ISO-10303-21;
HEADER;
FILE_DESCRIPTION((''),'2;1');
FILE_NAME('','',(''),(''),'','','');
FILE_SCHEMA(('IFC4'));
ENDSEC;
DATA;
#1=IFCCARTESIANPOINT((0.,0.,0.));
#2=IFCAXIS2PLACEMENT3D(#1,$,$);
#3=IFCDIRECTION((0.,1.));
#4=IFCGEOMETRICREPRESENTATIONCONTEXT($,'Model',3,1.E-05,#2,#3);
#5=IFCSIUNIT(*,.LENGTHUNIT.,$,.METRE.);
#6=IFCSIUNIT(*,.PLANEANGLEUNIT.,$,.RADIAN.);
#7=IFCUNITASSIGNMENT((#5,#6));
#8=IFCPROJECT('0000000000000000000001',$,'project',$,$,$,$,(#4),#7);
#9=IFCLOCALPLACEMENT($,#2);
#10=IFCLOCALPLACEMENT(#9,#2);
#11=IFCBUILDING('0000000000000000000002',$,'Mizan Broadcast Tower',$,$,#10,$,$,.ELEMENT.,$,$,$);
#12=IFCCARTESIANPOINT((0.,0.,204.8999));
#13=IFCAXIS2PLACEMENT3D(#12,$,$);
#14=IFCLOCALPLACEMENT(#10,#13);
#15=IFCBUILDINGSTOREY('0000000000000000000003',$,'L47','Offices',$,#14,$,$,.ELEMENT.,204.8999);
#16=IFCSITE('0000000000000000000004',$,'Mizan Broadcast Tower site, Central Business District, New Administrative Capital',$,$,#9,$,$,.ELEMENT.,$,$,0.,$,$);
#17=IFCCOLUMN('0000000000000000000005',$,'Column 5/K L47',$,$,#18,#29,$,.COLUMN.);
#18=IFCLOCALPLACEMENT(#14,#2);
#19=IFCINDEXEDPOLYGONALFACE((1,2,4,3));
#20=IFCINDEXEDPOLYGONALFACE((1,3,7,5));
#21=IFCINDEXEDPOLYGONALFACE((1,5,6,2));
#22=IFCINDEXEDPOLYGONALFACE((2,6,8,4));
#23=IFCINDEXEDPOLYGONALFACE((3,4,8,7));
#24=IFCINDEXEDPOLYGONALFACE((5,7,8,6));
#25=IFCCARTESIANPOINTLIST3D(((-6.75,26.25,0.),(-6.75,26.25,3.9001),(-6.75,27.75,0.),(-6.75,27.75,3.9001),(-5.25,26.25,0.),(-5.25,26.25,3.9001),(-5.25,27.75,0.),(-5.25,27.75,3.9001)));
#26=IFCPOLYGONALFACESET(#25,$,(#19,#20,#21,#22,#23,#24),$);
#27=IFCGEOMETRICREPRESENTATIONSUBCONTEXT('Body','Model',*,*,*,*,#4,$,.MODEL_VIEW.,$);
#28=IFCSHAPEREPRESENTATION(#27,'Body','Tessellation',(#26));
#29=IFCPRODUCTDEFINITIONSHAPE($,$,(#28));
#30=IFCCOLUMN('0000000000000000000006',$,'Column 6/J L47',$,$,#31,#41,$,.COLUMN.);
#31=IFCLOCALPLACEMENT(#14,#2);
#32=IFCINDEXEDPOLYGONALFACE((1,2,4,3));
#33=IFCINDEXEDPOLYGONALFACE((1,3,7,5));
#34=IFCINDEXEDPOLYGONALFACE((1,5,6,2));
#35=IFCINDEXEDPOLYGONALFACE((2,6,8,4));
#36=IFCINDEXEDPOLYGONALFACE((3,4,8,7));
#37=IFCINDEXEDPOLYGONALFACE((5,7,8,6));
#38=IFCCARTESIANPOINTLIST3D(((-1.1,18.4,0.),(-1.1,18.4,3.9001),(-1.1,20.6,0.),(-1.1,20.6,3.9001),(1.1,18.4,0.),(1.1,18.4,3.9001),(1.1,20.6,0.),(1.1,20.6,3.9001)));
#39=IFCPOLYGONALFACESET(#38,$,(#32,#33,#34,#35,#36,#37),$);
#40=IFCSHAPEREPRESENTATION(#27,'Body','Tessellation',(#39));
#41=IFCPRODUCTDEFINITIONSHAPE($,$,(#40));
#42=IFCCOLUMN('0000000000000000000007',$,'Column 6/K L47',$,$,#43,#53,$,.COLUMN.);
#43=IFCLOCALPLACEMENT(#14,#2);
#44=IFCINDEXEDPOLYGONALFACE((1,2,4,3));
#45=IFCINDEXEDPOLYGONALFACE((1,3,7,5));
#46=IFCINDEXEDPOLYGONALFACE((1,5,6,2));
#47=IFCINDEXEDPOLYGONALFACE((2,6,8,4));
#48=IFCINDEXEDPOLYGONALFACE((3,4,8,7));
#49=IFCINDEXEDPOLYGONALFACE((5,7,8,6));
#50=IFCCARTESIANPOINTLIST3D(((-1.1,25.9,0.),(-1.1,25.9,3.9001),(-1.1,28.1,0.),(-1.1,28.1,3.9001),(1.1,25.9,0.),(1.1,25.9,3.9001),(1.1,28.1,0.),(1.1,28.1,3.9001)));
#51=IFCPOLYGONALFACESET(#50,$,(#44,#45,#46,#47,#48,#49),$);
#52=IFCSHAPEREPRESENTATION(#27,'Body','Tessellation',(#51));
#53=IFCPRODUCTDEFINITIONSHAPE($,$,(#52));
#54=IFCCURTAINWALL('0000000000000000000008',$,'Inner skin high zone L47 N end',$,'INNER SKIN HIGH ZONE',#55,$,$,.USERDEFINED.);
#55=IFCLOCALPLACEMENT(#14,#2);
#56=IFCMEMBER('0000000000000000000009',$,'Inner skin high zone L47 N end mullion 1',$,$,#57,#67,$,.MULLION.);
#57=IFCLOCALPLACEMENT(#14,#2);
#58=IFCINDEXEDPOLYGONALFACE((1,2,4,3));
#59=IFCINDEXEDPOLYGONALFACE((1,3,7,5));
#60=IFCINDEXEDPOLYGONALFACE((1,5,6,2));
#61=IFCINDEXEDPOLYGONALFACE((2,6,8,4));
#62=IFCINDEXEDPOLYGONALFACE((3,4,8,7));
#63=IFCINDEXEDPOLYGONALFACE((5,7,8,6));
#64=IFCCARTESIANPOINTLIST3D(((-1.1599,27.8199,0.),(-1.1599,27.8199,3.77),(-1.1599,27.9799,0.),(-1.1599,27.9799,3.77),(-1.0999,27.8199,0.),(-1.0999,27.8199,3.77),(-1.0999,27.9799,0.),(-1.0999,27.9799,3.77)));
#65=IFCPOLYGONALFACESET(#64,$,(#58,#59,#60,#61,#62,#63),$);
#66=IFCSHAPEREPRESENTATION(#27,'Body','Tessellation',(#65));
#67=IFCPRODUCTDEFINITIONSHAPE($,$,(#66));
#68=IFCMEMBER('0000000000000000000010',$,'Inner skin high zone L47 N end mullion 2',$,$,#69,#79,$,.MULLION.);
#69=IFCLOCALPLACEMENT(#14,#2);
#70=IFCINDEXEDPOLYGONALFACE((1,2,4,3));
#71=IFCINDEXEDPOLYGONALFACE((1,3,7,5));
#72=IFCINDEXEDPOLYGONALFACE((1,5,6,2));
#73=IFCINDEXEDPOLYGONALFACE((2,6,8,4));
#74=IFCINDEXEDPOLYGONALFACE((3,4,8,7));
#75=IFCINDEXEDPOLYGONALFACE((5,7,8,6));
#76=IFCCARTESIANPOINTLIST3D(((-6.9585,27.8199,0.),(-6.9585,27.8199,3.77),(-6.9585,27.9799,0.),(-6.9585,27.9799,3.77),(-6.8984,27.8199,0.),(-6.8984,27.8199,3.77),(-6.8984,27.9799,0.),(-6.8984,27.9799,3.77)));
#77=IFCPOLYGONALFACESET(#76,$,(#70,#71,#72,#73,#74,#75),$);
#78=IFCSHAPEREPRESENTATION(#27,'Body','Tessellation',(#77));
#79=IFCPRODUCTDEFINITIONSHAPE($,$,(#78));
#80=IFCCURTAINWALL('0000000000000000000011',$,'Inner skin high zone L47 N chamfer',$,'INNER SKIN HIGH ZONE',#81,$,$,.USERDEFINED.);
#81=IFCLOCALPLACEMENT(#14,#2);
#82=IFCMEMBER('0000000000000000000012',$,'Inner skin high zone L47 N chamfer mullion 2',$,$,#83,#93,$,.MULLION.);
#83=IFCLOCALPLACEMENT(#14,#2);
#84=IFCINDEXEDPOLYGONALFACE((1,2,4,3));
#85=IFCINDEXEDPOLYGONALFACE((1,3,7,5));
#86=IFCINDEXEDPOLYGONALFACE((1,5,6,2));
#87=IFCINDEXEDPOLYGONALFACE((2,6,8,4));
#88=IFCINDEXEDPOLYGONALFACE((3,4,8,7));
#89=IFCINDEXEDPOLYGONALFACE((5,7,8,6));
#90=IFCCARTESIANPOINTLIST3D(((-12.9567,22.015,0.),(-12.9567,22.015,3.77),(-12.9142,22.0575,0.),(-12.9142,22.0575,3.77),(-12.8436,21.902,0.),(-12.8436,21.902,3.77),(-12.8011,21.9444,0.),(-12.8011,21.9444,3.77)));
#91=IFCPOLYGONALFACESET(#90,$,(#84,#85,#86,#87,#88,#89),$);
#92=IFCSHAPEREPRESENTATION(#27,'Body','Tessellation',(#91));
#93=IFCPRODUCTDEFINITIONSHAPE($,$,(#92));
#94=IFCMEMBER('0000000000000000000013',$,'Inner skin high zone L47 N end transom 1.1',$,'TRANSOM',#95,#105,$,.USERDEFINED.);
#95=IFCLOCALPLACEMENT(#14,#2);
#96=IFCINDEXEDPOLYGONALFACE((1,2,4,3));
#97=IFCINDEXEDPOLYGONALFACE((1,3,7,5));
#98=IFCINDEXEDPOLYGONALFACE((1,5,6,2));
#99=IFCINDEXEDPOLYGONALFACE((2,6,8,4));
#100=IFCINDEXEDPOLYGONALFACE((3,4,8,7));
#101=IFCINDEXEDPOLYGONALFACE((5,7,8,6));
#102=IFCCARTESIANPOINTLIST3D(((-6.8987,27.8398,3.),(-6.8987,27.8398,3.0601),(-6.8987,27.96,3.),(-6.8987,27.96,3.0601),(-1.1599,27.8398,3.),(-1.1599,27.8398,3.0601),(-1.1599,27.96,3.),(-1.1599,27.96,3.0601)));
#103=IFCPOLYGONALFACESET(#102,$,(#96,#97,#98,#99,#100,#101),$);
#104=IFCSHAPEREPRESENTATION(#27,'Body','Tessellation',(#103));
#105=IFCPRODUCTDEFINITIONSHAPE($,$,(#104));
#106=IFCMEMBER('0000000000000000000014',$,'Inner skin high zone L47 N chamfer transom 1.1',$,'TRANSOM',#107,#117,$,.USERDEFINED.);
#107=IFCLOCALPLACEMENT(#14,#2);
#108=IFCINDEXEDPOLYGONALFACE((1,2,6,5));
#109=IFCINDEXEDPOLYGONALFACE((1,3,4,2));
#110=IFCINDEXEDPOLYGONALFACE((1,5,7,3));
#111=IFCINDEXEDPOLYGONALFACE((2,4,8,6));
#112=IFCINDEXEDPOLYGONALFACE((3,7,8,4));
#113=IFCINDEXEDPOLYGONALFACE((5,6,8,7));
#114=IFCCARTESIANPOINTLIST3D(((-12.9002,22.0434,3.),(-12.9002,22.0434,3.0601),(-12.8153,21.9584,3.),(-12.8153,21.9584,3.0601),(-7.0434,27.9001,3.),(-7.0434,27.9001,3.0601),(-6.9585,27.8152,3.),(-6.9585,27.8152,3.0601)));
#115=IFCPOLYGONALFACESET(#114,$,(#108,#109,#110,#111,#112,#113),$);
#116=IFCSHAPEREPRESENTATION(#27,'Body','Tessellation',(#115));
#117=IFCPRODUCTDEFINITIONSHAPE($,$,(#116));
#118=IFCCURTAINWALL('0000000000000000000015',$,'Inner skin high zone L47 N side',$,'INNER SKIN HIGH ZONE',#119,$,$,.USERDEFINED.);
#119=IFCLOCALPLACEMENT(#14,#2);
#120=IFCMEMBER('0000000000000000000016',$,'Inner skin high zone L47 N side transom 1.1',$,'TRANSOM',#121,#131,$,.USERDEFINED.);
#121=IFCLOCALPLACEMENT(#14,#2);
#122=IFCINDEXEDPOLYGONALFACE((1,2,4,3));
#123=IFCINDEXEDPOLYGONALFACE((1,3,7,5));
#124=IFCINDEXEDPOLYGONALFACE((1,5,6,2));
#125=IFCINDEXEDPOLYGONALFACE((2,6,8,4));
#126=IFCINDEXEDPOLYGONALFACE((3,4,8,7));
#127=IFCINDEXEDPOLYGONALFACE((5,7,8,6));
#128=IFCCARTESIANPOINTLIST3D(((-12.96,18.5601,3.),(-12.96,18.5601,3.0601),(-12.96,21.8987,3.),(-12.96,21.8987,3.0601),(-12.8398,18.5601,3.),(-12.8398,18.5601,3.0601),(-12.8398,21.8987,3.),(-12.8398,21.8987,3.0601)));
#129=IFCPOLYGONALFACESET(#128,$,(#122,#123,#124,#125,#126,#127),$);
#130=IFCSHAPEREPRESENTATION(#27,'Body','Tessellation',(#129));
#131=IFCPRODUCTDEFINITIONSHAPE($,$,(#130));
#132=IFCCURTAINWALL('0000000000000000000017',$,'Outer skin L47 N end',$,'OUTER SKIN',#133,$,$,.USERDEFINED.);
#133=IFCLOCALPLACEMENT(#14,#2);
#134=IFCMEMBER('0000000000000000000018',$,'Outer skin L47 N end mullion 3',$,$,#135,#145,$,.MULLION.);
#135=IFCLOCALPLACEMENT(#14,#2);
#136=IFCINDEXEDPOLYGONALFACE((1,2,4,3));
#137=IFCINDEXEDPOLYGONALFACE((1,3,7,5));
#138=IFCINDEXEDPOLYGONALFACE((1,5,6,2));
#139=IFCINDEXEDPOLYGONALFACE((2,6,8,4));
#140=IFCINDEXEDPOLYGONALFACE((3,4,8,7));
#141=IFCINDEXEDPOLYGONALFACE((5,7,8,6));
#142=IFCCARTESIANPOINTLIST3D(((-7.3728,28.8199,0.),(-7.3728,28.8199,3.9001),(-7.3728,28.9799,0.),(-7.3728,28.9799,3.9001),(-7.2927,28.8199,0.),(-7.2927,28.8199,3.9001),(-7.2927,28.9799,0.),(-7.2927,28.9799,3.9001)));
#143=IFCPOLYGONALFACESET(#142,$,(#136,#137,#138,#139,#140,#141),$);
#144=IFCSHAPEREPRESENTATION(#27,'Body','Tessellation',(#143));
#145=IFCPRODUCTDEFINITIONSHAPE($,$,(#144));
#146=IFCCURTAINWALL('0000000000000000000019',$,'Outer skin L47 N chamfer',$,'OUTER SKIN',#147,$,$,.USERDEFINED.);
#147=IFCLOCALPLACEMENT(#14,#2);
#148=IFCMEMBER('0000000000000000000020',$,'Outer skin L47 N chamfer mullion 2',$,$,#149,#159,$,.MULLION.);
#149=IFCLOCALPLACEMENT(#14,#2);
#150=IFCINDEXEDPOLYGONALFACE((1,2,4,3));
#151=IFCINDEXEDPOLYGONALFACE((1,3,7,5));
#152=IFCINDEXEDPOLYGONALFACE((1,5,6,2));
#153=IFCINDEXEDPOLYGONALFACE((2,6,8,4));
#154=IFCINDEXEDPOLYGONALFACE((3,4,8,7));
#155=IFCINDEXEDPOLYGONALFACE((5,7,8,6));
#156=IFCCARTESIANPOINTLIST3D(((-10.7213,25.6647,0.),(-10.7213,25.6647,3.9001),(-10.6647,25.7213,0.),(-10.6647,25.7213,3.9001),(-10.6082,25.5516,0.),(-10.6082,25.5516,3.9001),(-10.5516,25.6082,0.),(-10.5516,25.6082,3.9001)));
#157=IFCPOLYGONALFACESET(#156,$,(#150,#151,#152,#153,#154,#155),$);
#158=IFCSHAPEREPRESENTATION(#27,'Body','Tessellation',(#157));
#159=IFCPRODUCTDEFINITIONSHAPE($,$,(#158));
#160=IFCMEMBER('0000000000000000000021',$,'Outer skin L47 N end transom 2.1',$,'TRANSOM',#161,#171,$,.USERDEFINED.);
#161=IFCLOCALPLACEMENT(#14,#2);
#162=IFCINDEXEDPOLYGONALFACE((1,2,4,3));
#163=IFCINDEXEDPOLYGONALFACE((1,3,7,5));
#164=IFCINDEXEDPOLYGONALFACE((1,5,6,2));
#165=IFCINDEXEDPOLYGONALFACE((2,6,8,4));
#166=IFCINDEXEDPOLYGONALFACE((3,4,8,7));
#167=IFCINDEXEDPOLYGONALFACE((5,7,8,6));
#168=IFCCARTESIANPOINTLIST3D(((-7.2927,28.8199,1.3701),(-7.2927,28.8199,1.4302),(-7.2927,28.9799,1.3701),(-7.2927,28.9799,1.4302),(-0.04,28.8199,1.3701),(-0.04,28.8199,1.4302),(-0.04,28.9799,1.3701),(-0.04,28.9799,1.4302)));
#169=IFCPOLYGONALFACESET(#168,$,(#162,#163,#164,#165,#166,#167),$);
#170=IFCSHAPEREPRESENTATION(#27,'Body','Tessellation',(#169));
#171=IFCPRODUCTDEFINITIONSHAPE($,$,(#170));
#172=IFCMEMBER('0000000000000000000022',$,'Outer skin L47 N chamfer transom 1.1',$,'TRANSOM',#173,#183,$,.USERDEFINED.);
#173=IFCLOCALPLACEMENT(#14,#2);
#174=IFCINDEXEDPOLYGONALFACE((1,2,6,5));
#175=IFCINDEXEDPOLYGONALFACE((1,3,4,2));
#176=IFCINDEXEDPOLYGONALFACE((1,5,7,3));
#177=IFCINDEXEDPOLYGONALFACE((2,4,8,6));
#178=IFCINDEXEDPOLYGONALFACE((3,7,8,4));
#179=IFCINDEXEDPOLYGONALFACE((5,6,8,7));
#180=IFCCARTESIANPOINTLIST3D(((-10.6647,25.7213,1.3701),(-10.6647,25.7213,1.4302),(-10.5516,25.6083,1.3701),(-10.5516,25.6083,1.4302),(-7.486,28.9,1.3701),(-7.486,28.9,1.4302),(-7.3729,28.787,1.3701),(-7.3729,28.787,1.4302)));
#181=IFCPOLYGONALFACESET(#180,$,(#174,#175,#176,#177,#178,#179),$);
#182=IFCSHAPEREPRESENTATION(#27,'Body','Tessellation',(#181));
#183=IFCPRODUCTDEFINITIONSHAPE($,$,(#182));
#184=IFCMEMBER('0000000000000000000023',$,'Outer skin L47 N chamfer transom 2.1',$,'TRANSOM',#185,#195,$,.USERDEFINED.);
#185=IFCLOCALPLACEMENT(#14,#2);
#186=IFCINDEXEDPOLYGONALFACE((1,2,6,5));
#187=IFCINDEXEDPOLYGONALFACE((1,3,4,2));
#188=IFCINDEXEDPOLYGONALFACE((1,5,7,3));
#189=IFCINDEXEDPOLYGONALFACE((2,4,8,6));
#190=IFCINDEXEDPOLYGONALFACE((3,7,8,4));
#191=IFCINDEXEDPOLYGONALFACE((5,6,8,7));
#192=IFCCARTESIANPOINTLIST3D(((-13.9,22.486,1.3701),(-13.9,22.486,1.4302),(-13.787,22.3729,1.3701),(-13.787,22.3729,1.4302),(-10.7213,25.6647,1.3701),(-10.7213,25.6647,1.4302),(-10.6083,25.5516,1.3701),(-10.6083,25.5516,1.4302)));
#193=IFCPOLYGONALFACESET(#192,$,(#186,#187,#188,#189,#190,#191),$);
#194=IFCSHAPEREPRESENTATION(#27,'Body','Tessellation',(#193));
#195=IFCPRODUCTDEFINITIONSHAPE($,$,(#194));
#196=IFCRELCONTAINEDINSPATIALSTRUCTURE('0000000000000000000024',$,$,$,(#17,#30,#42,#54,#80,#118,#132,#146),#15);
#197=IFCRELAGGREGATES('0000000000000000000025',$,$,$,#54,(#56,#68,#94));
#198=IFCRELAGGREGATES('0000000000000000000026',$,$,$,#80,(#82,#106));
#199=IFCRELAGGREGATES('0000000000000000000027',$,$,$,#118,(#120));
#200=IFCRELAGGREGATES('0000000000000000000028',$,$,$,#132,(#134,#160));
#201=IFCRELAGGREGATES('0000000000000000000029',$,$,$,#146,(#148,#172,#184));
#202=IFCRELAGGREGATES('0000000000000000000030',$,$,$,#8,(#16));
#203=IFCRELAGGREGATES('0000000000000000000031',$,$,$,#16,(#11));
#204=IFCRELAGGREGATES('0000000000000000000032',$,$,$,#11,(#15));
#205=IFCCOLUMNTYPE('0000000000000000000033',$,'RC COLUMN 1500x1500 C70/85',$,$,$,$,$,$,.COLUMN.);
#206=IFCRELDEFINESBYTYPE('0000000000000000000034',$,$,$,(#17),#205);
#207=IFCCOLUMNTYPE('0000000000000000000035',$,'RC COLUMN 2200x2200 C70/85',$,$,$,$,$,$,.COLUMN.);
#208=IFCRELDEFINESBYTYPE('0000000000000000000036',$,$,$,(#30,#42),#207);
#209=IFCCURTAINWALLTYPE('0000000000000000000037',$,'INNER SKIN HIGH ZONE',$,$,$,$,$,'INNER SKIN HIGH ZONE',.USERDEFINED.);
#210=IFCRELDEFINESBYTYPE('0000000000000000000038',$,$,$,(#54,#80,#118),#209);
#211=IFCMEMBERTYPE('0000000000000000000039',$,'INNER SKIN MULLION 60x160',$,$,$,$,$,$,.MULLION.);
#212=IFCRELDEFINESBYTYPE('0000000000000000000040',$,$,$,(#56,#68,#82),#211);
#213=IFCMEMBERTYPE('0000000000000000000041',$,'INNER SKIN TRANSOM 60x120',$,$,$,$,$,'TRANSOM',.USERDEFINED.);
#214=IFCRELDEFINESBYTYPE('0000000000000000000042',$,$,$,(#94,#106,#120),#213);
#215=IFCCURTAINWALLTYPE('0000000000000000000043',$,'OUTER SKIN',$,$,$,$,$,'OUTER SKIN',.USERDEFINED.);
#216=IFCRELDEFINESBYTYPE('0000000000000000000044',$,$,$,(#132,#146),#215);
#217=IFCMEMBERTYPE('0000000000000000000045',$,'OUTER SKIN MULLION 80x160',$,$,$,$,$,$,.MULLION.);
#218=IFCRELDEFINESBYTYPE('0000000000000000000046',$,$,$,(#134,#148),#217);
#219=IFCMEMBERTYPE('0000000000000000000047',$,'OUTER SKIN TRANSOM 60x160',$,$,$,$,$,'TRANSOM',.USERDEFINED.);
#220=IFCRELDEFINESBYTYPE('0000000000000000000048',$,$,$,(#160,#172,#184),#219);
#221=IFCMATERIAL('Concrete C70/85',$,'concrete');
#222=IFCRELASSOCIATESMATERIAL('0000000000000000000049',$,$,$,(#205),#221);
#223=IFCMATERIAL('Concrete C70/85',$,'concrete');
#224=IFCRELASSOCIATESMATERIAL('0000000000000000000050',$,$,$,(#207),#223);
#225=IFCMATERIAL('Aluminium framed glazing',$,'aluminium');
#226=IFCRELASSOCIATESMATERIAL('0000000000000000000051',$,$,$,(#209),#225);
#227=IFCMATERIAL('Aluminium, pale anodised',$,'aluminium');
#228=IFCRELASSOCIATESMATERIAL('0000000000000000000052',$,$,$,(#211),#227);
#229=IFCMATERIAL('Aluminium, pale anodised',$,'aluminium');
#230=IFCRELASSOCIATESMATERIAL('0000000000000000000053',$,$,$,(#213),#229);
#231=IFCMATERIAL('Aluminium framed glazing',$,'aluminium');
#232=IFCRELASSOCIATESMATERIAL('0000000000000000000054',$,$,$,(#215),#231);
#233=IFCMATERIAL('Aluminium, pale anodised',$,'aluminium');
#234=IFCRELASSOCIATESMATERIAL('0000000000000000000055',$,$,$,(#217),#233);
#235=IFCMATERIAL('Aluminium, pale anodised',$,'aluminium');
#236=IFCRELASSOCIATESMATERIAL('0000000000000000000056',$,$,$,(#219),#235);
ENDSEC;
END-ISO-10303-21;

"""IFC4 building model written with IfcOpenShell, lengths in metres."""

from ifc_helpers import new_model, si_unit, direction, frame, origin, origin_2d, place, context, subcontext, project, spatial, rectangle, extrude, material, material_profile, profile_set, type_object, element, aggregate, save


model = new_model("IFC4")

# Units and contexts
model_context = context("Model", 3, precision=1e-05, world=origin(), true_north=direction((0.0, 1.0)))
body_context = subcontext(model_context, "Body", "Model", "MODEL_VIEW")
ifc_project = project(units=[si_unit("LENGTHUNIT", "METRE"), si_unit("PLANEANGLEUNIT", "RADIAN")], contexts=[model_context])

# Site, building, storey
site_placement = place(None, origin())
site = spatial("IfcSite", under=ifc_project, at=site_placement, Name="Mizan Broadcast Tower site, Central Business District, New Administrative Capital", CompositionType="ELEMENT", RefElevation=0.0)
building_placement = place(site_placement, origin())
building = spatial("IfcBuilding", under=site, at=building_placement, Name="Mizan Broadcast Tower", CompositionType="ELEMENT")
storey_placement = place(building_placement, frame((0.0, 0.0, 204.8999)))
storey = spatial("IfcBuildingStorey", under=building, at=storey_placement, Name="L47", Description="Offices", CompositionType="ELEMENT", Elevation=204.8999)

# Columns
ifc_material_1 = material(Name="Concrete C70/85", Category="concrete")
ifc_material_profile_1 = material_profile(ifc_material_1, rectangle(XDim=1.5, YDim=1.5, at=origin_2d()), Name="RC 1500x1500")
ifc_profile_set_1 = profile_set([ifc_material_profile_1], Name="Concrete C70/85")
column_type_1 = type_object("IfcColumnType", Name="RC COLUMN 1500x1500 C70/85", PredefinedType="COLUMN", material=ifc_profile_set_1)
column_placement = place(storey_placement, frame((-6.0, 27.0, 0.0), z_axis=(0.0, 0.0, 1.0), x_axis=(1.0, 0.0, 0.0)))
element("IfcColumn", 1, at=column_placement, inside=storey, type_object=column_type_1, Name="Column 5/K L47", PredefinedType="COLUMN", context=body_context, shape_type="SweptSolid", body=[
    extrude(rectangle(XDim=1.5, YDim=1.5, at=origin_2d()), origin(), (0.0, 0.0, 1.0), 3.9001),
])
ifc_material_2 = material(Name="Concrete C70/85", Category="concrete")
ifc_material_profile_2 = material_profile(ifc_material_2, rectangle(XDim=2.2, YDim=2.2, at=origin_2d()), Name="RC 2200x2200")
ifc_profile_set_2 = profile_set([ifc_material_profile_2], Name="Concrete C70/85")
column_type_2 = type_object("IfcColumnType", Name="RC COLUMN 2200x2200 C70/85", PredefinedType="COLUMN", material=ifc_profile_set_2)
for number, where, z_axis, x_axis, name in (
    (2, (0.0, 19.5, 0.0), (0.0, 0.0, 1.0), (1.0, 0.0, 0.0), "Column 6/J L47"),
    (3, (0.0, 27.0, 0.0), (0.0, 0.0, 1.0), (1.0, 0.0, 0.0), "Column 6/K L47"),
):
    element("IfcColumn", number, at=place(storey_placement, frame(where, z_axis=z_axis, x_axis=x_axis)), inside=storey, type_object=column_type_2, Name=name, PredefinedType="COLUMN", context=body_context, shape_type="SweptSolid", body=[
        extrude(rectangle(XDim=2.2, YDim=2.2, at=origin_2d()), origin(), (0.0, 0.0, 1.0), 3.9001),
    ])

# Curtain wall, members
ifc_material_3 = material(Name="Aluminium framed glazing", Category="aluminium")
curtain_wall_type_1 = type_object("IfcCurtainWallType", Name="INNER SKIN HIGH ZONE", ElementType="INNER SKIN HIGH ZONE", PredefinedType="USERDEFINED", material=ifc_material_3)
curtain_wall_1_placement = place(storey_placement, origin())
curtain_wall_1 = element("IfcCurtainWall", 4, at=curtain_wall_1_placement, inside=storey, type_object=curtain_wall_type_1, Name="Inner skin high zone L47 N end", ObjectType="INNER SKIN HIGH ZONE", PredefinedType="USERDEFINED")
ifc_material_4 = material(Name="Aluminium, pale anodised", Category="aluminium")
ifc_material_profile_3 = material_profile(ifc_material_4, rectangle(XDim=0.1599, YDim=0.0601, at=origin_2d()), Name="MULLION 160x60")
ifc_profile_set_3 = profile_set([ifc_material_profile_3], Name="Aluminium, pale anodised")
member_type_1 = type_object("IfcMemberType", Name="INNER SKIN MULLION 60x160", PredefinedType="MULLION", material=ifc_profile_set_3)
member_1_placement = place(storey_placement, frame((-1.1299, 27.8999, 0.0), z_axis=(0.0, 0.0, 1.0), x_axis=(0.0, -1.0, 0.0)))
member_1 = element("IfcMember", 5, at=member_1_placement, type_object=member_type_1, Name="Inner skin high zone L47 N end mullion 1", PredefinedType="MULLION", context=body_context, shape_type="SweptSolid", body=[
    extrude(rectangle(XDim=0.1599, YDim=0.0601, at=origin_2d()), origin(), (0.0, 0.0, 1.0), 3.77),
])
member_2_placement = place(storey_placement, frame((-6.9285, 27.8999, 0.0), z_axis=(0.0, 0.0, 1.0), x_axis=(0.0, -1.0, 0.0)))
member_2 = element("IfcMember", 6, at=member_2_placement, type_object=member_type_1, Name="Inner skin high zone L47 N end mullion 2", PredefinedType="MULLION", context=body_context, shape_type="SweptSolid", body=[
    extrude(rectangle(XDim=0.1599, YDim=0.0601, at=origin_2d()), origin(), (0.0, 0.0, 1.0), 3.77),
])

# Curtain wall, member
curtain_wall_2_placement = place(storey_placement, origin())
curtain_wall_2 = element("IfcCurtainWall", 7, at=curtain_wall_2_placement, inside=storey, type_object=curtain_wall_type_1, Name="Inner skin high zone L47 N chamfer", ObjectType="INNER SKIN HIGH ZONE", PredefinedType="USERDEFINED")
member_3_placement = place(storey_placement, frame((-12.8789, 21.9797, 0.0), z_axis=(0.0, 0.0, 1.0), x_axis=(0.707107, -0.707107, 0.0)))
member_3 = element("IfcMember", 8, at=member_3_placement, type_object=member_type_1, Name="Inner skin high zone L47 N chamfer mullion 2", PredefinedType="MULLION", context=body_context, shape_type="SweptSolid", body=[
    extrude(rectangle(XDim=0.1599, YDim=0.0601, at=origin_2d()), origin(), (0.0, 0.0, 1.0), 3.77),
])

# Members
ifc_material_5 = material(Name="Aluminium, pale anodised", Category="aluminium")
ifc_material_profile_4 = material_profile(ifc_material_5, rectangle(XDim=0.1201, YDim=0.0601, at=origin_2d()), Name="TRANSOM 120x60")
ifc_profile_set_4 = profile_set([ifc_material_profile_4], Name="Aluminium, pale anodised")
member_type_2 = type_object("IfcMemberType", Name="INNER SKIN TRANSOM 60x120", ElementType="TRANSOM", PredefinedType="USERDEFINED", material=ifc_profile_set_4)
member_4_placement = place(storey_placement, frame((-1.1599, 27.8999, 3.03), z_axis=(-1.0, 0.0, 0.0), x_axis=(0.0, -1.0, 0.0)))
member_4 = element("IfcMember", 9, at=member_4_placement, type_object=member_type_2, Name="Inner skin high zone L47 N end transom 1.1", ObjectType="TRANSOM", PredefinedType="USERDEFINED", context=body_context, shape_type="SweptSolid", body=[
    extrude(rectangle(XDim=0.1201, YDim=0.0601, at=origin_2d()), origin(), (0.0, 0.0, 1.0), 5.7388),
])
member_5_placement = place(storey_placement, frame((-7.001, 27.8577, 3.03), z_axis=(-0.707107, -0.707107, 0.0), x_axis=(0.707107, -0.707107, 0.0)))
member_5 = element("IfcMember", 10, at=member_5_placement, type_object=member_type_2, Name="Inner skin high zone L47 N chamfer transom 1.1", ObjectType="TRANSOM", PredefinedType="USERDEFINED", context=body_context, shape_type="SweptSolid", body=[
    extrude(rectangle(XDim=0.1201, YDim=0.0601, at=origin_2d()), origin(), (0.0, 0.0, 1.0), 8.2827),
])

# Curtain walls, members
curtain_wall_3_placement = place(storey_placement, origin())
curtain_wall_3 = element("IfcCurtainWall", 11, at=curtain_wall_3_placement, inside=storey, type_object=curtain_wall_type_1, Name="Inner skin high zone L47 N side", ObjectType="INNER SKIN HIGH ZONE", PredefinedType="USERDEFINED")
member_6_placement = place(storey_placement, frame((-12.8999, 21.8987, 3.03), z_axis=(0.0, -1.0, 0.0), x_axis=(1.0, 0.0, 0.0)))
member_6 = element("IfcMember", 12, at=member_6_placement, type_object=member_type_2, Name="Inner skin high zone L47 N side transom 1.1", ObjectType="TRANSOM", PredefinedType="USERDEFINED", context=body_context, shape_type="SweptSolid", body=[
    extrude(rectangle(XDim=0.1201, YDim=0.0601, at=origin_2d()), origin(), (0.0, 0.0, 1.0), 3.3386),
])
ifc_material_6 = material(Name="Aluminium framed glazing", Category="aluminium")
curtain_wall_type_2 = type_object("IfcCurtainWallType", Name="OUTER SKIN", ElementType="OUTER SKIN", PredefinedType="USERDEFINED", material=ifc_material_6)
curtain_wall_4_placement = place(storey_placement, origin())
curtain_wall_4 = element("IfcCurtainWall", 13, at=curtain_wall_4_placement, inside=storey, type_object=curtain_wall_type_2, Name="Outer skin L47 N end", ObjectType="OUTER SKIN", PredefinedType="USERDEFINED")
ifc_material_7 = material(Name="Aluminium, pale anodised", Category="aluminium")
ifc_material_profile_5 = material_profile(ifc_material_7, rectangle(XDim=0.1599, YDim=0.0801, at=origin_2d()), Name="MULLION 160x80")
ifc_profile_set_5 = profile_set([ifc_material_profile_5], Name="Aluminium, pale anodised")
member_type_3 = type_object("IfcMemberType", Name="OUTER SKIN MULLION 80x160", PredefinedType="MULLION", material=ifc_profile_set_5)
member_7_placement = place(storey_placement, frame((-7.3328, 28.8999, 0.0), z_axis=(0.0, 0.0, 1.0), x_axis=(0.0, -1.0, 0.0)))
member_7 = element("IfcMember", 14, at=member_7_placement, type_object=member_type_3, Name="Outer skin L47 N end mullion 3", PredefinedType="MULLION", context=body_context, shape_type="SweptSolid", body=[
    extrude(rectangle(XDim=0.1599, YDim=0.0801, at=origin_2d()), origin(), (0.0, 0.0, 1.0), 3.9001),
])
curtain_wall_5_placement = place(storey_placement, origin())
curtain_wall_5 = element("IfcCurtainWall", 15, at=curtain_wall_5_placement, inside=storey, type_object=curtain_wall_type_2, Name="Outer skin L47 N chamfer", ObjectType="OUTER SKIN", PredefinedType="USERDEFINED")
member_8_placement = place(storey_placement, frame((-10.6365, 25.6365, 0.0), z_axis=(0.0, 0.0, 1.0), x_axis=(0.707107, -0.707107, 0.0)))
member_8 = element("IfcMember", 16, at=member_8_placement, type_object=member_type_3, Name="Outer skin L47 N chamfer mullion 2", PredefinedType="MULLION", context=body_context, shape_type="SweptSolid", body=[
    extrude(rectangle(XDim=0.1599, YDim=0.0801, at=origin_2d()), origin(), (0.0, 0.0, 1.0), 3.9001),
])

# Members
ifc_material_8 = material(Name="Aluminium, pale anodised", Category="aluminium")
ifc_material_profile_6 = material_profile(ifc_material_8, rectangle(XDim=0.1599, YDim=0.0601, at=origin_2d()), Name="TRANSOM 160x60")
ifc_profile_set_6 = profile_set([ifc_material_profile_6], Name="Aluminium, pale anodised")
member_type_4 = type_object("IfcMemberType", Name="OUTER SKIN TRANSOM 60x160", ElementType="TRANSOM", PredefinedType="USERDEFINED", material=ifc_profile_set_6)
member_9_placement = place(storey_placement, frame((-0.04, 28.8999, 1.4001), z_axis=(-1.0, 0.0, 0.0), x_axis=(0.0, -1.0, 0.0)))
member_9 = element("IfcMember", 17, at=member_9_placement, type_object=member_type_4, Name="Outer skin L47 N end transom 2.1", ObjectType="TRANSOM", PredefinedType="USERDEFINED", context=body_context, shape_type="SweptSolid", body=[
    extrude(rectangle(XDim=0.1599, YDim=0.0601, at=origin_2d()), origin(), (0.0, 0.0, 1.0), 7.2527),
])
member_10_placement = place(storey_placement, frame((-7.4294, 28.8435, 1.4001), z_axis=(-0.707107, -0.707107, 0.0), x_axis=(0.707107, -0.707107, 0.0)))
member_10 = element("IfcMember", 18, at=member_10_placement, type_object=member_type_4, Name="Outer skin L47 N chamfer transom 1.1", ObjectType="TRANSOM", PredefinedType="USERDEFINED", context=body_context, shape_type="SweptSolid", body=[
    extrude(rectangle(XDim=0.1599, YDim=0.0601, at=origin_2d()), origin(), (0.0, 0.0, 1.0), 4.4954),
])
member_11_placement = place(storey_placement, frame((-10.6648, 25.6082, 1.4001), z_axis=(-0.707107, -0.707107, 0.0), x_axis=(0.707107, -0.707107, 0.0)))
member_11 = element("IfcMember", 19, at=member_11_placement, type_object=member_type_4, Name="Outer skin L47 N chamfer transom 2.1", ObjectType="TRANSOM", PredefinedType="USERDEFINED", context=body_context, shape_type="SweptSolid", body=[
    extrude(rectangle(XDim=0.1599, YDim=0.0601, at=origin_2d()), origin(), (0.0, 0.0, 1.0), 4.4954),
])

aggregate(curtain_wall_1, [member_1, member_2, member_4])
aggregate(curtain_wall_2, [member_3, member_5])
aggregate(curtain_wall_3, [member_6])
aggregate(curtain_wall_4, [member_7, member_9])
aggregate(curtain_wall_5, [member_8, member_10, member_11])

save(model, "model.ifc")
